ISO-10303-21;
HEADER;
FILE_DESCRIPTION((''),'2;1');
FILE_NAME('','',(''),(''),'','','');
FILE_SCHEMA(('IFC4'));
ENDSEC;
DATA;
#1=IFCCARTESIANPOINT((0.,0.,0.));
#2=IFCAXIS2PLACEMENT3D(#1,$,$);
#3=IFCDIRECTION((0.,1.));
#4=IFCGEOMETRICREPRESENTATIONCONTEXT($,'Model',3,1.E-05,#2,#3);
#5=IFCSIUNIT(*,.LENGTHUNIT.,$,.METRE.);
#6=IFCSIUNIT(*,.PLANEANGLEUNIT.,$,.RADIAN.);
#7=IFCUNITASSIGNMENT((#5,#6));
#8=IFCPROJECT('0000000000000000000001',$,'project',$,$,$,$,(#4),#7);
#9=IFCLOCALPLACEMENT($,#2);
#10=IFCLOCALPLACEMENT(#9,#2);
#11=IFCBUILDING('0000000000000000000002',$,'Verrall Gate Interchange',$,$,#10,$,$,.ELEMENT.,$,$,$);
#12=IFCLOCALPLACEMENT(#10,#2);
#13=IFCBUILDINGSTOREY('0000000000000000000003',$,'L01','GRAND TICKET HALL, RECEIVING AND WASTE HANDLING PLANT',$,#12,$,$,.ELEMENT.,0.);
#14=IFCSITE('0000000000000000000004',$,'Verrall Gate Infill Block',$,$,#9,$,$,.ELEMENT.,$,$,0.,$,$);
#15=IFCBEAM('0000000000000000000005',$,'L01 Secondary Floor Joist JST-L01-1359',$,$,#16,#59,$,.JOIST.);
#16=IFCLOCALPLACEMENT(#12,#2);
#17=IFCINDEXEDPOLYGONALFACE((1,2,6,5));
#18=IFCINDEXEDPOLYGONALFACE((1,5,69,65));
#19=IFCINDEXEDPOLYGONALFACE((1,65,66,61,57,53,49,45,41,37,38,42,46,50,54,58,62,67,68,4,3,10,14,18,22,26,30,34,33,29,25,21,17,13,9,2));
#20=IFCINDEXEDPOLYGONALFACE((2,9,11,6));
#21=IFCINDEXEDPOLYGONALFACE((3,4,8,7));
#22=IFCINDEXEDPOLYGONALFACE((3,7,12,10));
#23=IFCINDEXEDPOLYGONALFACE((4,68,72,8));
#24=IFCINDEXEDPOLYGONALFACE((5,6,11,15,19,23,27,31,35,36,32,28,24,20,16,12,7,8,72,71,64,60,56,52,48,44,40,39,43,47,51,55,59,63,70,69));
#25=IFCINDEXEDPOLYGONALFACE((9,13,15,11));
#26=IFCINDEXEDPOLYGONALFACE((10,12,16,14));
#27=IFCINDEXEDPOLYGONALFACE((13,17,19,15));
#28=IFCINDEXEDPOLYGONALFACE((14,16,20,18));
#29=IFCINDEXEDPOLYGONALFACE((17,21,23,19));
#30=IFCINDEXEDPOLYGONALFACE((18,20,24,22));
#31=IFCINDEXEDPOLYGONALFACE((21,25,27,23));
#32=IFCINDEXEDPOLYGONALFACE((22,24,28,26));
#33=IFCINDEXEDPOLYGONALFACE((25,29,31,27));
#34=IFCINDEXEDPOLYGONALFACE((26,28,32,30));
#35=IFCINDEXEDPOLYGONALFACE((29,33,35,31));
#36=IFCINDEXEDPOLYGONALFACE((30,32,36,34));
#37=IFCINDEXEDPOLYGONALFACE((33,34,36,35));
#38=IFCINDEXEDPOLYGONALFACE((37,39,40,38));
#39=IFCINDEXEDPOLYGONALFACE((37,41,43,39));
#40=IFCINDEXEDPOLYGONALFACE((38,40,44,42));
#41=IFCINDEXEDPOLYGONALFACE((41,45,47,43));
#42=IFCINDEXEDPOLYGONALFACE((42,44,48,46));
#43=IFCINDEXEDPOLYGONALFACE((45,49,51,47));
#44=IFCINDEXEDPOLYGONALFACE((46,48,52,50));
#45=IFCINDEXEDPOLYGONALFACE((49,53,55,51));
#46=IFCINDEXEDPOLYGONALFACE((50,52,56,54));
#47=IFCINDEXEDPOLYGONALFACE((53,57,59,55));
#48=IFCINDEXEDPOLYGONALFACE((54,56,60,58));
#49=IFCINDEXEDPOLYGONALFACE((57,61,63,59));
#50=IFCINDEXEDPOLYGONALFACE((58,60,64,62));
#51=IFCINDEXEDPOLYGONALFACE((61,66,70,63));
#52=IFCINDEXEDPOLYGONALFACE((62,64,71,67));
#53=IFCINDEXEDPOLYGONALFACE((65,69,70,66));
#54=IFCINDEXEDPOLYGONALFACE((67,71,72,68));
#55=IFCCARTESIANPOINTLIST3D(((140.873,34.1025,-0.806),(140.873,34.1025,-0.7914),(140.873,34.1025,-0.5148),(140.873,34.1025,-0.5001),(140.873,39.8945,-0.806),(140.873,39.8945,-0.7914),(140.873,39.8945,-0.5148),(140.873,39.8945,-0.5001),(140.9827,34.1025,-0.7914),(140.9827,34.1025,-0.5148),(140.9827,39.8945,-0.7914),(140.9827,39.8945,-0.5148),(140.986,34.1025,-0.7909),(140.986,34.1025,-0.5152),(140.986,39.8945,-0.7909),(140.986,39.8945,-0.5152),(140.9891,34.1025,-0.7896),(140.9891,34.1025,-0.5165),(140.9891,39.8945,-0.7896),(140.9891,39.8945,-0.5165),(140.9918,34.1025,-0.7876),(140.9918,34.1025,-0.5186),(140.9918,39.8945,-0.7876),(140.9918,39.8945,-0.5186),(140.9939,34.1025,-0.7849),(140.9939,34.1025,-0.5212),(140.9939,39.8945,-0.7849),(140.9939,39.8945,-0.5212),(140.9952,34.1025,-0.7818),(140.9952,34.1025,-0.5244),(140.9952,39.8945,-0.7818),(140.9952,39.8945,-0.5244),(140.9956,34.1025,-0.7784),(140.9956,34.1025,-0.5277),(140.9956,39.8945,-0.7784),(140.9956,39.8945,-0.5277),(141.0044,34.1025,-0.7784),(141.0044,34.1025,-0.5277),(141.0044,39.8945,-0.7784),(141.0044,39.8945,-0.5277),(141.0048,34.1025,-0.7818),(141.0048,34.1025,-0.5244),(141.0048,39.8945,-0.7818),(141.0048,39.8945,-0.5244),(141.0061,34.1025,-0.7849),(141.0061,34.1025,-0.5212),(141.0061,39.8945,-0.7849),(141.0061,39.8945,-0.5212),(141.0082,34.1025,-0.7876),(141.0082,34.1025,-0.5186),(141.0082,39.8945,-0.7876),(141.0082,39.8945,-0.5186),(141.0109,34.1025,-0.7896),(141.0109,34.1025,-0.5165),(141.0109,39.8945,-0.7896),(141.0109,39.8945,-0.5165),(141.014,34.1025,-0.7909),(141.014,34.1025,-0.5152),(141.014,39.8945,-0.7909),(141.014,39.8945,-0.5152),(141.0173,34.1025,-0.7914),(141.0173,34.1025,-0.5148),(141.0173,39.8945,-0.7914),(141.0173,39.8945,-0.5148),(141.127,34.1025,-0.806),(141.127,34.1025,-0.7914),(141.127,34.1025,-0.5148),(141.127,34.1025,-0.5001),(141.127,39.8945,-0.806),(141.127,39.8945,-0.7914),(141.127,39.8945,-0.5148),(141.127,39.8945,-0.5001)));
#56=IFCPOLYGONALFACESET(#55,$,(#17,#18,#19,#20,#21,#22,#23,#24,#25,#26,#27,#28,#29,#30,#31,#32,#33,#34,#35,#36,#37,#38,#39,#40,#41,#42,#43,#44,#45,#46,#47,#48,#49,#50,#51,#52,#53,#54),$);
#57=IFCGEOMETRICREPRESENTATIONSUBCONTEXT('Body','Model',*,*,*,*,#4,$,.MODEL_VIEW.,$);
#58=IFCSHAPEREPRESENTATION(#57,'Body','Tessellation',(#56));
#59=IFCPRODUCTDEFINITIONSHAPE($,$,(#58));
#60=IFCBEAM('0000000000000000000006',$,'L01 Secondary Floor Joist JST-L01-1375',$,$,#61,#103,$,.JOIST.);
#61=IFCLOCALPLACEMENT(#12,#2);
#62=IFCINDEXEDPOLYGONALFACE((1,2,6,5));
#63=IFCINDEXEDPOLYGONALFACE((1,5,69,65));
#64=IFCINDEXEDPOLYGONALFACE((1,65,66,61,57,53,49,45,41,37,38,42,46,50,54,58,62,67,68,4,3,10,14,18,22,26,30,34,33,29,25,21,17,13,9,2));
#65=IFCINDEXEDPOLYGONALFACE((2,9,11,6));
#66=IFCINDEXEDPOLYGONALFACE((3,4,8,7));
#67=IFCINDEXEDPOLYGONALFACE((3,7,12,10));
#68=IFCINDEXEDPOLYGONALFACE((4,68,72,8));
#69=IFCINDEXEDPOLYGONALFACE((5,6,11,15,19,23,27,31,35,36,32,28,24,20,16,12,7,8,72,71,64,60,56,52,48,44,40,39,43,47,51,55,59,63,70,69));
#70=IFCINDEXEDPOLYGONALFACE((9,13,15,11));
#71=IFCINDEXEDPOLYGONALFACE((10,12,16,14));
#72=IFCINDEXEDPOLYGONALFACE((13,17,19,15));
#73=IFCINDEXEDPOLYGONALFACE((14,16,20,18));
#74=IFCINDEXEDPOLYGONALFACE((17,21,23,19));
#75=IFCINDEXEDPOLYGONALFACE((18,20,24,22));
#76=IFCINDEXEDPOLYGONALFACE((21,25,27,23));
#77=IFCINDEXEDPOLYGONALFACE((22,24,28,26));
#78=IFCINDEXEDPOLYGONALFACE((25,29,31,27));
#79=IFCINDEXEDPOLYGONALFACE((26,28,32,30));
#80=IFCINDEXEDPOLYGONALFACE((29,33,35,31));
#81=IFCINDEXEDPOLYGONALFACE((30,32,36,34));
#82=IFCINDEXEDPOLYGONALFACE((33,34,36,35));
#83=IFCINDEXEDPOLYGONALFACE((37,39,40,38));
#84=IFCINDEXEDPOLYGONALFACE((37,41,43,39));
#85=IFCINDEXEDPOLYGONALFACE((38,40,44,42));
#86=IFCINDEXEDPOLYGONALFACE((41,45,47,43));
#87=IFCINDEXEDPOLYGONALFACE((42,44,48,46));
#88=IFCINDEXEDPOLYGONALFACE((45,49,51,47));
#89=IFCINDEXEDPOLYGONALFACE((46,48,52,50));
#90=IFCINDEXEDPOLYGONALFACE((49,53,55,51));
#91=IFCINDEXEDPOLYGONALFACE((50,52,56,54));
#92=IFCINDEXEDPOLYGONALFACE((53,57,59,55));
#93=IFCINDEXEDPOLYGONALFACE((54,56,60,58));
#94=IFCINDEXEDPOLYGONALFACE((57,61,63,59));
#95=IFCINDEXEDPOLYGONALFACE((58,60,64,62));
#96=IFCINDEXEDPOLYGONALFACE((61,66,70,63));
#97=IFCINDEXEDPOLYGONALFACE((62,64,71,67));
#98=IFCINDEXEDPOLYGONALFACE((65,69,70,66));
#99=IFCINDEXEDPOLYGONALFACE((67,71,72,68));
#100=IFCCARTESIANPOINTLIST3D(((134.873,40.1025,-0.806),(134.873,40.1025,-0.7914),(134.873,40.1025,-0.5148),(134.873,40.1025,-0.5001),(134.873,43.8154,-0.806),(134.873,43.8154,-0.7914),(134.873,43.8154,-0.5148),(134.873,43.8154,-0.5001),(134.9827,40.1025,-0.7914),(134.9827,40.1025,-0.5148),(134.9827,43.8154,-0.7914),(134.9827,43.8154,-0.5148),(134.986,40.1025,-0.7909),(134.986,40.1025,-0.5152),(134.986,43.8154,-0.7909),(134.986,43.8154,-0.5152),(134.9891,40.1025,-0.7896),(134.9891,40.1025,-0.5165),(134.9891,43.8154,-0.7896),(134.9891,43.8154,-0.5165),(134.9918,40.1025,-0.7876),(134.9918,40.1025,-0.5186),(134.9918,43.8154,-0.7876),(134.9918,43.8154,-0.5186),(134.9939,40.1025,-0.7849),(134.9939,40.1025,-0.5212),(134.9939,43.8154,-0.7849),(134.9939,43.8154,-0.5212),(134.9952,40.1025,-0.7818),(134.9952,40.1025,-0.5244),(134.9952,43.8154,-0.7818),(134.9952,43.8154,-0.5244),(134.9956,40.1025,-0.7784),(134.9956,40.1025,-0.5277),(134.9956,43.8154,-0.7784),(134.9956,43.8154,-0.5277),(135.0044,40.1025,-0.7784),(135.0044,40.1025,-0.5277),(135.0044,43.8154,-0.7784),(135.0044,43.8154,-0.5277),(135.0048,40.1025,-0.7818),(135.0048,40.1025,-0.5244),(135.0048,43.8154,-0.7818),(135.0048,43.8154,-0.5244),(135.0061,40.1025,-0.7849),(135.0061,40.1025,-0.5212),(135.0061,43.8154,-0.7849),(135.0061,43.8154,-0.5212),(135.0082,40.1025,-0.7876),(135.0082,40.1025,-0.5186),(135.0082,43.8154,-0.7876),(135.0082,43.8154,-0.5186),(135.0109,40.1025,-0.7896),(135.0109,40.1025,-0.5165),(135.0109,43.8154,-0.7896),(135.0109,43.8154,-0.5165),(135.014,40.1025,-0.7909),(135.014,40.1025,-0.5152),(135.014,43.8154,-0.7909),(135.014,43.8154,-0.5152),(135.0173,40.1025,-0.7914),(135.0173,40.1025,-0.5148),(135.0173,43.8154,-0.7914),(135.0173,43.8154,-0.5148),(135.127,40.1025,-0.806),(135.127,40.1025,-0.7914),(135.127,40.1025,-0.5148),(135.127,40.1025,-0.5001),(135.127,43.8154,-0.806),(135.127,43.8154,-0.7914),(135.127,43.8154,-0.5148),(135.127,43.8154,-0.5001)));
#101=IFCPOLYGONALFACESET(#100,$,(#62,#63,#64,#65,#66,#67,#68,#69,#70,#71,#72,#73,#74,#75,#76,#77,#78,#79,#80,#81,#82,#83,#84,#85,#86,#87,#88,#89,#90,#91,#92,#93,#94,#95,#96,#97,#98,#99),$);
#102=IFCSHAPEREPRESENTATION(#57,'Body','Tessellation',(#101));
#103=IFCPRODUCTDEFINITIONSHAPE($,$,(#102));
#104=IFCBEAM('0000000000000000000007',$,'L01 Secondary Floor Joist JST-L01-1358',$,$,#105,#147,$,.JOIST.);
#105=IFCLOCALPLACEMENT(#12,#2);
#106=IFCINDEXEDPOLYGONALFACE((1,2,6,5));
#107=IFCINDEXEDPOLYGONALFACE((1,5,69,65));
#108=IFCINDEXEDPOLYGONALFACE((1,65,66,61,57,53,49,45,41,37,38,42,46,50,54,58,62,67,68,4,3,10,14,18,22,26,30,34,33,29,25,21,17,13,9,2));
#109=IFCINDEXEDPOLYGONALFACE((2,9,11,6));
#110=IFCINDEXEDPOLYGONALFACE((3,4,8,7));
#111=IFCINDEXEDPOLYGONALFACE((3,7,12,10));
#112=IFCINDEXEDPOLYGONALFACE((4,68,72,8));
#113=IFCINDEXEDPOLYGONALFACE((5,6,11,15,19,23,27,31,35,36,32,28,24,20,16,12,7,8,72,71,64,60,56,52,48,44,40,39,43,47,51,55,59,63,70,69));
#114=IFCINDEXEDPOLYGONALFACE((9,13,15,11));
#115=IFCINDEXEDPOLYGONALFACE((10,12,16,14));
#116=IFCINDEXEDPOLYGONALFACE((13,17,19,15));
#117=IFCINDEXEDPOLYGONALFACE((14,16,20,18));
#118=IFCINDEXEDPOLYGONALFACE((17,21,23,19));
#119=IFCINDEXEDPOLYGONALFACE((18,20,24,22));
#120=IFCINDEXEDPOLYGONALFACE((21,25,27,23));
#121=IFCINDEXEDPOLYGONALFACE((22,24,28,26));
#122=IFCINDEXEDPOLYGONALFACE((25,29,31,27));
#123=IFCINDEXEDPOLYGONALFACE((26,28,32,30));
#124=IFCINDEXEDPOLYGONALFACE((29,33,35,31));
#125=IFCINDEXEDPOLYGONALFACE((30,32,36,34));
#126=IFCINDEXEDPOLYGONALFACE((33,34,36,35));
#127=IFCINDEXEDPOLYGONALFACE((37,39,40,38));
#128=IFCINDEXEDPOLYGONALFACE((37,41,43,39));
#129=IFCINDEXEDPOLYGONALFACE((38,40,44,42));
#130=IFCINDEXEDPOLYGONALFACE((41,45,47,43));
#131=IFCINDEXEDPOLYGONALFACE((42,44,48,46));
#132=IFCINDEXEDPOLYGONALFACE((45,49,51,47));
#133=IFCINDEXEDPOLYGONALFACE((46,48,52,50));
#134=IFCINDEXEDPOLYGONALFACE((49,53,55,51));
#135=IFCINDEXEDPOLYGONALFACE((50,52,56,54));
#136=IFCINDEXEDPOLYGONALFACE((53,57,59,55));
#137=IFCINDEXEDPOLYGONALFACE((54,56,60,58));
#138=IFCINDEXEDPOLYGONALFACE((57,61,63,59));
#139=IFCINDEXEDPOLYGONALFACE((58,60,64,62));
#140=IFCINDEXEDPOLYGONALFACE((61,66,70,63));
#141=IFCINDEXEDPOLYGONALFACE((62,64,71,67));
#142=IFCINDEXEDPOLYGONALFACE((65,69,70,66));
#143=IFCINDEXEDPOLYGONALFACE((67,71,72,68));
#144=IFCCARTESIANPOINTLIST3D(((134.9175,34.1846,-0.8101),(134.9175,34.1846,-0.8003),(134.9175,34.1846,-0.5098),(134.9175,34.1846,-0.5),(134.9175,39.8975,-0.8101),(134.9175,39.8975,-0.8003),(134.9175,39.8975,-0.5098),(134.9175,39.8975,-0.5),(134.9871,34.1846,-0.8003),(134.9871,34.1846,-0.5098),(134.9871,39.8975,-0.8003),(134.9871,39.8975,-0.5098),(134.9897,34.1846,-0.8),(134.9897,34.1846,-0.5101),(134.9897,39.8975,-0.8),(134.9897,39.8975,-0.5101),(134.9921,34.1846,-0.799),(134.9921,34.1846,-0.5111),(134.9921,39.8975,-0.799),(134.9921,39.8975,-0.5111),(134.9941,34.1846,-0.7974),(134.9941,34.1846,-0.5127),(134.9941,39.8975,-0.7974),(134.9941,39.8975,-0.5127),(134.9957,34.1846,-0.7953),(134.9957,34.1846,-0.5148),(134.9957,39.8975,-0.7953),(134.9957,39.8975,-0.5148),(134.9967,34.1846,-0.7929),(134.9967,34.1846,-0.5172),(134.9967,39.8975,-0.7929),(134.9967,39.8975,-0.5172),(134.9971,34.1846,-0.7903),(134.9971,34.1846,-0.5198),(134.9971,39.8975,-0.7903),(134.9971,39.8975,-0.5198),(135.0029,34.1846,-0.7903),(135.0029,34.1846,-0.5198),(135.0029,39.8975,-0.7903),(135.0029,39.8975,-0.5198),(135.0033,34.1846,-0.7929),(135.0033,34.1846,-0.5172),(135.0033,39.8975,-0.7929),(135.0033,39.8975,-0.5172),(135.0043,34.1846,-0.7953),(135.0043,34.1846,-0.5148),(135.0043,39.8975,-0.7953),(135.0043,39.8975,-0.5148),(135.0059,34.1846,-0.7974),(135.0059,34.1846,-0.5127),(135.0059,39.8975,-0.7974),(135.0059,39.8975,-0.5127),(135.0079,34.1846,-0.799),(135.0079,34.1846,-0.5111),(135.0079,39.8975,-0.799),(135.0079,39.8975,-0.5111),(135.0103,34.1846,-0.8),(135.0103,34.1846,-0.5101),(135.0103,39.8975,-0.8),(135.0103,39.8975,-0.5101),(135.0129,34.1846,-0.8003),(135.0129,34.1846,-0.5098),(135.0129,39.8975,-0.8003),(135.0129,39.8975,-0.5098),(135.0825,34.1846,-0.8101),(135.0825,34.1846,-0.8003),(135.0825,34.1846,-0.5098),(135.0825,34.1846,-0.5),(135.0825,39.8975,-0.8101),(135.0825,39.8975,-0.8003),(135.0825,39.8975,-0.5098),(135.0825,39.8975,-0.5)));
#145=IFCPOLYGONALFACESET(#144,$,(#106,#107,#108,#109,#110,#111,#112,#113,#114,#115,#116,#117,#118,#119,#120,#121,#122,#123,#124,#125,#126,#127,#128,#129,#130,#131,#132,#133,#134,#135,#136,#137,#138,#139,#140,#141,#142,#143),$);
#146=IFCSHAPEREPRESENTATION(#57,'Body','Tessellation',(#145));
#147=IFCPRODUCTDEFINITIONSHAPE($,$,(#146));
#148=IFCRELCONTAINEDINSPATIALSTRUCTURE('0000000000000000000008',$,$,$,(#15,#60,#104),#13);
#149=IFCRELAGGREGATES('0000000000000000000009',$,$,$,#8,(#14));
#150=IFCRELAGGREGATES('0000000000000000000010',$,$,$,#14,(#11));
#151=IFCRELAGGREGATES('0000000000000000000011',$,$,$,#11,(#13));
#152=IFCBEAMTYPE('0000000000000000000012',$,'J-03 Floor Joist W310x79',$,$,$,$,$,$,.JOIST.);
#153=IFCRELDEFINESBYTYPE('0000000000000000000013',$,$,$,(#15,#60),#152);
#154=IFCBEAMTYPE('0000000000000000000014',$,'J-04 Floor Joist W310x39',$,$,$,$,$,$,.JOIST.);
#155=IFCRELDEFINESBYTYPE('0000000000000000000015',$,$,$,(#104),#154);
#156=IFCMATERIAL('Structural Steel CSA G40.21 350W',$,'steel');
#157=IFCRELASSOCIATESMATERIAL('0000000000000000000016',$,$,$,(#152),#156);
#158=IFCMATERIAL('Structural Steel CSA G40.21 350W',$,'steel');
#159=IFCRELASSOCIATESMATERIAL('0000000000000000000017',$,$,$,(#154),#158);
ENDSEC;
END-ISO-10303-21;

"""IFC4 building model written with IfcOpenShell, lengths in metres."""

from ifc_helpers import new_model, si_unit, direction, frame, origin, origin_2d, place, context, subcontext, project, spatial, i_section, extrude, material, material_profile, profile_set, type_object, element, save


model = new_model("IFC4")

# Units and contexts
model_context = context("Model", 3, precision=1e-05, world=origin(), true_north=direction((0.0, 1.0)))
body_context = subcontext(model_context, "Body", "Model", "MODEL_VIEW")
ifc_project = project(units=[si_unit("LENGTHUNIT", "METRE"), si_unit("PLANEANGLEUNIT", "RADIAN")], contexts=[model_context])

# Site, building, storey
site_placement = place(None, origin())
site = spatial("IfcSite", under=ifc_project, at=site_placement, Name="Verrall Gate Infill Block", CompositionType="ELEMENT", RefElevation=0.0)
building_placement = place(site_placement, origin())
building = spatial("IfcBuilding", under=site, at=building_placement, Name="Verrall Gate Interchange", CompositionType="ELEMENT")
storey_placement = place(building_placement, origin())
storey = spatial("IfcBuildingStorey", under=building, at=storey_placement, Name="L01", Description="GRAND TICKET HALL, RECEIVING AND WASTE HANDLING PLANT", CompositionType="ELEMENT", Elevation=0.0)

# Beams
ifc_material_1 = material(Name="Structural Steel CSA G40.21 350W", Category="steel")
ifc_material_profile_1 = material_profile(ifc_material_1, i_section(OverallWidth=0.2539, OverallDepth=0.3059, WebThickness=0.0088, FlangeThickness=0.0146, FilletRadius=0.0129, at=origin_2d()), Name="W310x79")
ifc_profile_set_1 = profile_set([ifc_material_profile_1], Name="Structural Steel CSA G40.21 350W")
beam_type_1 = type_object("IfcBeamType", Name="J-03 Floor Joist W310x79", PredefinedType="JOIST", material=ifc_profile_set_1)
beam_1_placement = place(storey_placement, frame((141.0, 34.1025, -0.6531), z_axis=(0.0, 1.0, 0.0), x_axis=(-1.0, 0.0, 0.0)))
element("IfcBeam", 1, at=beam_1_placement, inside=storey, type_object=beam_type_1, Name="L01 Secondary Floor Joist JST-L01-1359", PredefinedType="JOIST", context=body_context, shape_type="SweptSolid", body=[
    extrude(i_section(OverallWidth=0.2539, OverallDepth=0.3059, WebThickness=0.0088, FlangeThickness=0.0146, FilletRadius=0.0129, at=origin_2d()), origin(), (0.0, 0.0, 1.0), 5.792),
])
beam_2_placement = place(storey_placement, frame((135.0, 40.1025, -0.6531), z_axis=(0.0, 1.0, 0.0), x_axis=(-1.0, 0.0, 0.0)))
element("IfcBeam", 2, at=beam_2_placement, inside=storey, type_object=beam_type_1, Name="L01 Secondary Floor Joist JST-L01-1375", PredefinedType="JOIST", context=body_context, shape_type="SweptSolid", body=[
    extrude(i_section(OverallWidth=0.2539, OverallDepth=0.3059, WebThickness=0.0088, FlangeThickness=0.0146, FilletRadius=0.0129, at=origin_2d()), origin(), (0.0, 0.0, 1.0), 3.7129),
])
ifc_material_2 = material(Name="Structural Steel CSA G40.21 350W", Category="steel")
ifc_material_profile_2 = material_profile(ifc_material_2, i_section(OverallWidth=0.165, OverallDepth=0.3101, WebThickness=0.0059, FlangeThickness=0.0098, FilletRadius=0.01, at=origin_2d()), Name="W310x39")
ifc_profile_set_2 = profile_set([ifc_material_profile_2], Name="Structural Steel CSA G40.21 350W")
beam_type_2 = type_object("IfcBeamType", Name="J-04 Floor Joist W310x39", PredefinedType="JOIST", material=ifc_profile_set_2)
beam_3_placement = place(storey_placement, frame((135.0, 34.1846, -0.655), z_axis=(0.0, 1.0, 0.0), x_axis=(-1.0, 0.0, 0.0)))
element("IfcBeam", 3, at=beam_3_placement, inside=storey, type_object=beam_type_2, Name="L01 Secondary Floor Joist JST-L01-1358", PredefinedType="JOIST", context=body_context, shape_type="SweptSolid", body=[
    extrude(i_section(OverallWidth=0.165, OverallDepth=0.3101, WebThickness=0.0059, FlangeThickness=0.0098, FilletRadius=0.01, at=origin_2d()), origin(), (0.0, 0.0, 1.0), 5.7129),
])

save(model, "model.ifc")
